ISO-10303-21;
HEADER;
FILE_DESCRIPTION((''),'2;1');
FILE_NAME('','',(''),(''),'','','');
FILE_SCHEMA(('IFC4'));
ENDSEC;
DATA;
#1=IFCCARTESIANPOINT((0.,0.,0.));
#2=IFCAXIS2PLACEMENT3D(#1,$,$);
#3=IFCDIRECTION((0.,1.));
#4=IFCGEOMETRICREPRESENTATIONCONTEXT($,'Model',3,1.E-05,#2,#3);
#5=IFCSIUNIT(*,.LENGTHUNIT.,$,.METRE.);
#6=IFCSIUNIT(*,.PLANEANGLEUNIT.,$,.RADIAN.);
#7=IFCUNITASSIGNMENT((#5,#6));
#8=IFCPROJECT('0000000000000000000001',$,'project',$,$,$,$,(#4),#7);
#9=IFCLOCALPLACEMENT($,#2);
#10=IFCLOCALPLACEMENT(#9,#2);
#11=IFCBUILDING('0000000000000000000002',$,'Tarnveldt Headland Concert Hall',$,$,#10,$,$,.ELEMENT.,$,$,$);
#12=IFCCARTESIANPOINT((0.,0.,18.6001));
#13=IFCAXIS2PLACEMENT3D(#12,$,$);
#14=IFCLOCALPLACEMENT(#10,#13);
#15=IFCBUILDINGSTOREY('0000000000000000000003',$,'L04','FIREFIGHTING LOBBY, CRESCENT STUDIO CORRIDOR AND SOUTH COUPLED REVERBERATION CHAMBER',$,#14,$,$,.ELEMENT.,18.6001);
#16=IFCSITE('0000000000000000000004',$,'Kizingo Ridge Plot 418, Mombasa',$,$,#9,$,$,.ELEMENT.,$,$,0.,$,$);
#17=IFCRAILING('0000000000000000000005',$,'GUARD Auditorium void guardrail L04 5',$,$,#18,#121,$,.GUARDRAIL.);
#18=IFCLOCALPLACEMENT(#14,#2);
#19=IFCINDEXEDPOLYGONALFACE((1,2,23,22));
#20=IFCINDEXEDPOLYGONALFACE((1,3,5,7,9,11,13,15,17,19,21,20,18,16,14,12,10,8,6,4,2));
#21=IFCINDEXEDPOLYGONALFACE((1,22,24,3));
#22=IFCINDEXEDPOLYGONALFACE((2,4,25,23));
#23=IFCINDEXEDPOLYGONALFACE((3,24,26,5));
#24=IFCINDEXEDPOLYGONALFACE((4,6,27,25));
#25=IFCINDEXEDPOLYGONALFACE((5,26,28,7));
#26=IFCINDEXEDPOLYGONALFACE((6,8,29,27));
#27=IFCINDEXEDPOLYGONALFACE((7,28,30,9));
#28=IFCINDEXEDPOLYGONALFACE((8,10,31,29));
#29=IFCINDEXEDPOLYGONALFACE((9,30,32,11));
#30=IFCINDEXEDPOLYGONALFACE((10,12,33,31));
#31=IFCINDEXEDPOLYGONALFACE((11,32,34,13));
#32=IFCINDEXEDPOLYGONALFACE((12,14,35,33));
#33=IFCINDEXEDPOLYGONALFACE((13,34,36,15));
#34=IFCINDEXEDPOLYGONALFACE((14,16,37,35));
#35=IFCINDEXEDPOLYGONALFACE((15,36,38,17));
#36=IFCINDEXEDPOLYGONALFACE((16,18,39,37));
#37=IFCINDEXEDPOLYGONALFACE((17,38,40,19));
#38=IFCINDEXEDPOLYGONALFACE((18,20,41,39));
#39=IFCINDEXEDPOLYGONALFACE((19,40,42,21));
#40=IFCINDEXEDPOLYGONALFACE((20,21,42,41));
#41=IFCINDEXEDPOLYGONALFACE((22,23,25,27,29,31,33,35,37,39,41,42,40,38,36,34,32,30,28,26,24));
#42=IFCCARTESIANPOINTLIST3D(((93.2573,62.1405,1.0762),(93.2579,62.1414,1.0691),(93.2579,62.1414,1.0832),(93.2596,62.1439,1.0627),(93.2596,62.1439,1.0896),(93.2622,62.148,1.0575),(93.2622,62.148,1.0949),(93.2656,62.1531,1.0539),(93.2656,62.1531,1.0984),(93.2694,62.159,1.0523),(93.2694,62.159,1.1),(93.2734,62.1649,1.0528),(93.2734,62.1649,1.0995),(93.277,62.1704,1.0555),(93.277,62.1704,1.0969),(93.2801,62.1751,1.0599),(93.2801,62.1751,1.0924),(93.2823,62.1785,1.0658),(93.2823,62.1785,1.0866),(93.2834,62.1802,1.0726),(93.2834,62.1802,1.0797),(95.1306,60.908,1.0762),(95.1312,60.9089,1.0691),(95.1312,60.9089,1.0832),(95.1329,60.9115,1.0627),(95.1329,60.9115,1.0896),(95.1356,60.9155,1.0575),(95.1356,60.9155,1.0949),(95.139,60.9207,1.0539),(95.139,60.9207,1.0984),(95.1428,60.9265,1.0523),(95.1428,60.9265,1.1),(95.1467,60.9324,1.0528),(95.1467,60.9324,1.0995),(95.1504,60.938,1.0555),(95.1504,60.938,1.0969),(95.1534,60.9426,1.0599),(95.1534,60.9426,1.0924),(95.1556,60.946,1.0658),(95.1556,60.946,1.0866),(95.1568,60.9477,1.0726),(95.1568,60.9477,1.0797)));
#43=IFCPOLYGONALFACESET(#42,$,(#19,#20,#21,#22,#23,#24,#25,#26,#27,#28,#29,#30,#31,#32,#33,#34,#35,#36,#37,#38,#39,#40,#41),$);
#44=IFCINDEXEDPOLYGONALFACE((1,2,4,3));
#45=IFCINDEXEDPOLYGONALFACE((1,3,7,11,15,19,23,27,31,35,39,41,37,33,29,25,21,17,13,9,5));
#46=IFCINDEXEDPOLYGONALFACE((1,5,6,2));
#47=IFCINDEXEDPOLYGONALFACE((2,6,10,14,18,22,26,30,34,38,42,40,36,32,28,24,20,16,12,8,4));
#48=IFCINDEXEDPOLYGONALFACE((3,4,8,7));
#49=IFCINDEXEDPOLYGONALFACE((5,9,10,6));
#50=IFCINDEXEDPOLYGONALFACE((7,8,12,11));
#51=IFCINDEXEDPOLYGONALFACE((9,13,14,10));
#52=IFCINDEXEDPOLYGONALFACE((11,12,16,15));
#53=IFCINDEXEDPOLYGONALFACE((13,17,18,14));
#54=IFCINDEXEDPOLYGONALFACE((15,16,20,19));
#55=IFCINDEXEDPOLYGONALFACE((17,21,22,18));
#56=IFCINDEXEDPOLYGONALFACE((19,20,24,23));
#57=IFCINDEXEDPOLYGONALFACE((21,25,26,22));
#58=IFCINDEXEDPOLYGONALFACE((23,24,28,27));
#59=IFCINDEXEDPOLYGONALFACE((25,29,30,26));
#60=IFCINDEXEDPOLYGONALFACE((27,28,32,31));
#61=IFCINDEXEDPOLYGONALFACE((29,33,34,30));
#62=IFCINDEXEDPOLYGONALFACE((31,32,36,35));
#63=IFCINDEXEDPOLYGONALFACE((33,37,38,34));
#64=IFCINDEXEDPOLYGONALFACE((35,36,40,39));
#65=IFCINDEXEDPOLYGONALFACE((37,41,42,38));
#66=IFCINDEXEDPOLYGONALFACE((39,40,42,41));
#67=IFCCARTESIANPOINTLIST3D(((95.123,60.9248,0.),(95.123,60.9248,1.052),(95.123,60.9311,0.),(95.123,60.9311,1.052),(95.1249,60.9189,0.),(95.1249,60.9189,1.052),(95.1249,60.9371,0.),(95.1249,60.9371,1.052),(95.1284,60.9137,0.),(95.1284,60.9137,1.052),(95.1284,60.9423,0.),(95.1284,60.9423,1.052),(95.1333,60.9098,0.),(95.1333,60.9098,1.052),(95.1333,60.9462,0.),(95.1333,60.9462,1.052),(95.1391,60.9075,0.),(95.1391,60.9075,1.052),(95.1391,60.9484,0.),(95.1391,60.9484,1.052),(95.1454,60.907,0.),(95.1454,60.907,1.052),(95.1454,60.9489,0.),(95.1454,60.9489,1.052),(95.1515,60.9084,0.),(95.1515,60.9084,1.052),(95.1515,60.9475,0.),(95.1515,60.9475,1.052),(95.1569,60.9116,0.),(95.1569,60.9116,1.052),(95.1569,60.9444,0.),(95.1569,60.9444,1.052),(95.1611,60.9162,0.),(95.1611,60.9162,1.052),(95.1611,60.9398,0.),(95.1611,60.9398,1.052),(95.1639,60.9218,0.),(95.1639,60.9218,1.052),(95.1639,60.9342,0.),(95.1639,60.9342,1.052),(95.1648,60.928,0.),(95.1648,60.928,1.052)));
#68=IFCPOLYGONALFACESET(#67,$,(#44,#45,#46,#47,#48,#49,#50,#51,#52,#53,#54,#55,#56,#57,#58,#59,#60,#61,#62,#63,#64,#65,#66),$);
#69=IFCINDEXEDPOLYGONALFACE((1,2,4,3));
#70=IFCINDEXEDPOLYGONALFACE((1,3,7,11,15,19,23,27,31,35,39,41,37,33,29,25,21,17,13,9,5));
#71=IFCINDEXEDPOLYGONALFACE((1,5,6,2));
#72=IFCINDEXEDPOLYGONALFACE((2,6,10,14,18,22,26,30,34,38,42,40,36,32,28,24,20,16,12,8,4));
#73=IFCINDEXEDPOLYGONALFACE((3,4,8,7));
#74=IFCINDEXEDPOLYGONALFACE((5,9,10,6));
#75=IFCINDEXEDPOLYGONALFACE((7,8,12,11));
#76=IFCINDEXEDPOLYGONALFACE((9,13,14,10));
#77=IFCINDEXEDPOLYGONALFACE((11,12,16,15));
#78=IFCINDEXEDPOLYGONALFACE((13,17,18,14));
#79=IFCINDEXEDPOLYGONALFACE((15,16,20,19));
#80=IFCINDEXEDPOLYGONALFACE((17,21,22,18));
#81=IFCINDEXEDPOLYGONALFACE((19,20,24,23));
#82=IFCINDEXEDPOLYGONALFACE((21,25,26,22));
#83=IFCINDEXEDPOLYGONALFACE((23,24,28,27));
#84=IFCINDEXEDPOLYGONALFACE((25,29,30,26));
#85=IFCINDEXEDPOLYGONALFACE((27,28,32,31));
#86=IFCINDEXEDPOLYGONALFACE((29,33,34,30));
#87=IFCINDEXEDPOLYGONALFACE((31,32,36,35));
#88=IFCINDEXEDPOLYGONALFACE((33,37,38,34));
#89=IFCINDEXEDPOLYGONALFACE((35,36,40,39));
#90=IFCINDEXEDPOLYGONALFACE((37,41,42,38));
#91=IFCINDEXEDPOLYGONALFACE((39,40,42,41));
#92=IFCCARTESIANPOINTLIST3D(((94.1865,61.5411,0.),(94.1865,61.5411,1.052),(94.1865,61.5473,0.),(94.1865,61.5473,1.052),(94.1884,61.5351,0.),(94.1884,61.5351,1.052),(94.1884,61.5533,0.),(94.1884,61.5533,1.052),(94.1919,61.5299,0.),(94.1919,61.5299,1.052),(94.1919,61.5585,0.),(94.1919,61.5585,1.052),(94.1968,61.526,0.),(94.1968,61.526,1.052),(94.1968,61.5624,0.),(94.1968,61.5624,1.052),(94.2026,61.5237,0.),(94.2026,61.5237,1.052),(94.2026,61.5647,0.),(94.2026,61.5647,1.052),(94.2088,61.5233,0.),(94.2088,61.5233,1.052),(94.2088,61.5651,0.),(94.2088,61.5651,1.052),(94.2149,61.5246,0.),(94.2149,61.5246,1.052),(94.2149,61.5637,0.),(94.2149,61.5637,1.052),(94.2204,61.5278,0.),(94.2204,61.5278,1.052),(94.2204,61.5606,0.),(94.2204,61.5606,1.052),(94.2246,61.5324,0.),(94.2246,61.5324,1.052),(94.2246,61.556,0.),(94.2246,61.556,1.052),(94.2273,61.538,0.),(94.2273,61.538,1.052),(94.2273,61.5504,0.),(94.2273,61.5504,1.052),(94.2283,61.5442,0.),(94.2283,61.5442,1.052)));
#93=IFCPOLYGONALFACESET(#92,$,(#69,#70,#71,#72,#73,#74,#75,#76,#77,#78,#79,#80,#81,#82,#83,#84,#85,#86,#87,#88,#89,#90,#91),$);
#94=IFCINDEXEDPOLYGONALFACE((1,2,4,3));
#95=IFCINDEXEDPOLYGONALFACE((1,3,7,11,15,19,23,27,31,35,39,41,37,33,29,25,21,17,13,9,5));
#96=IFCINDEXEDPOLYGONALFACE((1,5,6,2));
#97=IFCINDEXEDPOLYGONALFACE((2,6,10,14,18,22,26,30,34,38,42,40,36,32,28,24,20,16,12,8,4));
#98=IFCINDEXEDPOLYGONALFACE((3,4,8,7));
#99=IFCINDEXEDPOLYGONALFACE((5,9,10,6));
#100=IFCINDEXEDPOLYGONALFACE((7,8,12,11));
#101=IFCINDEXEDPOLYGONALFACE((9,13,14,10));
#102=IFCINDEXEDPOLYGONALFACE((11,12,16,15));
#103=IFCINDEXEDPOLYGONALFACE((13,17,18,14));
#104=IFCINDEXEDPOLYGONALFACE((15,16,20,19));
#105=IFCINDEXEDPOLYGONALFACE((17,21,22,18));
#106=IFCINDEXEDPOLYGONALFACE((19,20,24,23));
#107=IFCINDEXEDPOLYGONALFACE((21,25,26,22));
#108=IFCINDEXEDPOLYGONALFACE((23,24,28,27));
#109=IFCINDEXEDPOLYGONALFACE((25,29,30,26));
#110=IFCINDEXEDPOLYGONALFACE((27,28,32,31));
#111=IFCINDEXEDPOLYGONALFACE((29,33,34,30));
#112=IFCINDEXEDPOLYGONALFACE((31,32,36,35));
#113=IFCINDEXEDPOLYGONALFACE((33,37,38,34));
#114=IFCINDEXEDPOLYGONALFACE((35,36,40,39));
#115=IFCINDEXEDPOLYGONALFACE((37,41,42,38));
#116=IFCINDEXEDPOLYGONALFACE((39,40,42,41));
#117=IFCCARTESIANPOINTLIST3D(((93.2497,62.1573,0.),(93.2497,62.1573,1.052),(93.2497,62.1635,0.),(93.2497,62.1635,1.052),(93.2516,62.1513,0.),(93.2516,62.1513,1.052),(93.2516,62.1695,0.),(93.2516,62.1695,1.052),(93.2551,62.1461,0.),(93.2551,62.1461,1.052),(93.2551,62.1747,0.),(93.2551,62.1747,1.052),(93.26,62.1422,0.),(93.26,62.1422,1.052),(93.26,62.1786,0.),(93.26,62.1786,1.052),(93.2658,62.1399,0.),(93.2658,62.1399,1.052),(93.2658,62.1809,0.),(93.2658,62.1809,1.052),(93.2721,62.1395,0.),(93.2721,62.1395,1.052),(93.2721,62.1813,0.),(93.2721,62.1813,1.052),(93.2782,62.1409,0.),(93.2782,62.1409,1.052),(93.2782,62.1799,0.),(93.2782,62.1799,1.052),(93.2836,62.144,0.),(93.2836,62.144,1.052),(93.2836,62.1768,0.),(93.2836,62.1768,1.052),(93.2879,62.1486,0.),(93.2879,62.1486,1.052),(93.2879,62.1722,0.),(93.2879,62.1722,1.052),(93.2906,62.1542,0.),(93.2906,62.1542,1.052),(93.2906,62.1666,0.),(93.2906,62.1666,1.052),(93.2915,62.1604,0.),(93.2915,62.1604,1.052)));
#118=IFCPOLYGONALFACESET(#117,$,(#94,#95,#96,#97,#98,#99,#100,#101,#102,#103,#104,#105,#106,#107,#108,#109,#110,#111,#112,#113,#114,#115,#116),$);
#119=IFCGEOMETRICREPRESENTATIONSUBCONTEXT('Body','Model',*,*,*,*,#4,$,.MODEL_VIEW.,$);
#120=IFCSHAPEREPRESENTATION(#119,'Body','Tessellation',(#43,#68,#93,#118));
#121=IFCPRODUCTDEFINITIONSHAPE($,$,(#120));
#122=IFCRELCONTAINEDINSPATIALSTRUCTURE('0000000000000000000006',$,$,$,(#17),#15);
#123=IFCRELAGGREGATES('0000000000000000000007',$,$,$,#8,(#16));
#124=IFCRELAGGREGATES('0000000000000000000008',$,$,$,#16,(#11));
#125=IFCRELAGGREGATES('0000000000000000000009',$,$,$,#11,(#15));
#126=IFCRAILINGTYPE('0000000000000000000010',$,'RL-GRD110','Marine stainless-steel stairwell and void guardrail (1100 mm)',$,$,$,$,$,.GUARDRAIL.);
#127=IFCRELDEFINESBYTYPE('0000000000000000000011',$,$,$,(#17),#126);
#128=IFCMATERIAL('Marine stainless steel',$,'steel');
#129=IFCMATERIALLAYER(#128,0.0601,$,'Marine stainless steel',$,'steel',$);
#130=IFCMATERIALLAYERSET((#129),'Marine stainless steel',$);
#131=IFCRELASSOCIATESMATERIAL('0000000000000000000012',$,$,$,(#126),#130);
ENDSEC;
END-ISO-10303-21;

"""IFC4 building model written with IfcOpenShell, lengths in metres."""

from ifc_helpers import new_model, si_unit, direction, frame, origin, origin_2d, place, context, subcontext, project, spatial, circle, extrude, material, layer, layer_set, type_object, element, save


model = new_model("IFC4")

# Units and contexts
model_context = context("Model", 3, precision=1e-05, world=origin(), true_north=direction((0.0, 1.0)))
body_context = subcontext(model_context, "Body", "Model", "MODEL_VIEW")
ifc_project = project(units=[si_unit("LENGTHUNIT", "METRE"), si_unit("PLANEANGLEUNIT", "RADIAN")], contexts=[model_context])

# Site, building, storey
site_placement = place(None, origin())
site = spatial("IfcSite", under=ifc_project, at=site_placement, Name="Kizingo Ridge Plot 418, Mombasa", CompositionType="ELEMENT", RefElevation=0.0)
building_placement = place(site_placement, origin())
building = spatial("IfcBuilding", under=site, at=building_placement, Name="Tarnveldt Headland Concert Hall", CompositionType="ELEMENT")
storey_placement = place(building_placement, frame((0.0, 0.0, 18.6001)))
storey = spatial("IfcBuildingStorey", under=building, at=storey_placement, Name="L04", Description="FIREFIGHTING LOBBY, CRESCENT STUDIO CORRIDOR AND SOUTH COUPLED REVERBERATION CHAMBER", CompositionType="ELEMENT", Elevation=18.6001)

# Railing
ifc_material_1 = material(Name="Marine stainless steel", Category="steel")
ifc_layer_1 = layer(ifc_material_1, 0.0601, Name="Marine stainless steel", Category="steel")
ifc_layer_set_1 = layer_set([ifc_layer_1], Name="Marine stainless steel")
railing_type = type_object("IfcRailingType", Name="RL-GRD110", Description="Marine stainless-steel stairwell and void guardrail (1100 mm)", PredefinedType="GUARDRAIL", material=ifc_layer_set_1)
railing_1_placement = place(storey_placement, frame((95.1438, 60.928, 0.0)))
element("IfcRailing", 1, at=railing_1_placement, inside=storey, type_object=railing_type, Name="GUARD Auditorium void guardrail L04 5", PredefinedType="GUARDRAIL", context=body_context, shape_type="SweptSolid", body=[
    extrude(circle(Radius=0.0239, at=origin_2d()), frame((0.0, 0.0, 1.0762), z_axis=(-0.835418, 0.549615, 0.0), x_axis=(-0.549615, -0.835418, 0.0)), (0.0, 0.0, 1.0), 2.2424),
    extrude(circle(Radius=0.021, at=origin_2d()), origin(), (0.0, 0.0, 1.0), 1.052),
    extrude(circle(Radius=0.021, at=origin_2d()), frame((-0.9365, 0.6162, 0.0)), (0.0, 0.0, 1.0), 1.052),
    extrude(circle(Radius=0.021, at=origin_2d()), frame((-1.8733, 1.2324, 0.0)), (0.0, 0.0, 1.0), 1.052),
])

save(model, "model.ifc")
